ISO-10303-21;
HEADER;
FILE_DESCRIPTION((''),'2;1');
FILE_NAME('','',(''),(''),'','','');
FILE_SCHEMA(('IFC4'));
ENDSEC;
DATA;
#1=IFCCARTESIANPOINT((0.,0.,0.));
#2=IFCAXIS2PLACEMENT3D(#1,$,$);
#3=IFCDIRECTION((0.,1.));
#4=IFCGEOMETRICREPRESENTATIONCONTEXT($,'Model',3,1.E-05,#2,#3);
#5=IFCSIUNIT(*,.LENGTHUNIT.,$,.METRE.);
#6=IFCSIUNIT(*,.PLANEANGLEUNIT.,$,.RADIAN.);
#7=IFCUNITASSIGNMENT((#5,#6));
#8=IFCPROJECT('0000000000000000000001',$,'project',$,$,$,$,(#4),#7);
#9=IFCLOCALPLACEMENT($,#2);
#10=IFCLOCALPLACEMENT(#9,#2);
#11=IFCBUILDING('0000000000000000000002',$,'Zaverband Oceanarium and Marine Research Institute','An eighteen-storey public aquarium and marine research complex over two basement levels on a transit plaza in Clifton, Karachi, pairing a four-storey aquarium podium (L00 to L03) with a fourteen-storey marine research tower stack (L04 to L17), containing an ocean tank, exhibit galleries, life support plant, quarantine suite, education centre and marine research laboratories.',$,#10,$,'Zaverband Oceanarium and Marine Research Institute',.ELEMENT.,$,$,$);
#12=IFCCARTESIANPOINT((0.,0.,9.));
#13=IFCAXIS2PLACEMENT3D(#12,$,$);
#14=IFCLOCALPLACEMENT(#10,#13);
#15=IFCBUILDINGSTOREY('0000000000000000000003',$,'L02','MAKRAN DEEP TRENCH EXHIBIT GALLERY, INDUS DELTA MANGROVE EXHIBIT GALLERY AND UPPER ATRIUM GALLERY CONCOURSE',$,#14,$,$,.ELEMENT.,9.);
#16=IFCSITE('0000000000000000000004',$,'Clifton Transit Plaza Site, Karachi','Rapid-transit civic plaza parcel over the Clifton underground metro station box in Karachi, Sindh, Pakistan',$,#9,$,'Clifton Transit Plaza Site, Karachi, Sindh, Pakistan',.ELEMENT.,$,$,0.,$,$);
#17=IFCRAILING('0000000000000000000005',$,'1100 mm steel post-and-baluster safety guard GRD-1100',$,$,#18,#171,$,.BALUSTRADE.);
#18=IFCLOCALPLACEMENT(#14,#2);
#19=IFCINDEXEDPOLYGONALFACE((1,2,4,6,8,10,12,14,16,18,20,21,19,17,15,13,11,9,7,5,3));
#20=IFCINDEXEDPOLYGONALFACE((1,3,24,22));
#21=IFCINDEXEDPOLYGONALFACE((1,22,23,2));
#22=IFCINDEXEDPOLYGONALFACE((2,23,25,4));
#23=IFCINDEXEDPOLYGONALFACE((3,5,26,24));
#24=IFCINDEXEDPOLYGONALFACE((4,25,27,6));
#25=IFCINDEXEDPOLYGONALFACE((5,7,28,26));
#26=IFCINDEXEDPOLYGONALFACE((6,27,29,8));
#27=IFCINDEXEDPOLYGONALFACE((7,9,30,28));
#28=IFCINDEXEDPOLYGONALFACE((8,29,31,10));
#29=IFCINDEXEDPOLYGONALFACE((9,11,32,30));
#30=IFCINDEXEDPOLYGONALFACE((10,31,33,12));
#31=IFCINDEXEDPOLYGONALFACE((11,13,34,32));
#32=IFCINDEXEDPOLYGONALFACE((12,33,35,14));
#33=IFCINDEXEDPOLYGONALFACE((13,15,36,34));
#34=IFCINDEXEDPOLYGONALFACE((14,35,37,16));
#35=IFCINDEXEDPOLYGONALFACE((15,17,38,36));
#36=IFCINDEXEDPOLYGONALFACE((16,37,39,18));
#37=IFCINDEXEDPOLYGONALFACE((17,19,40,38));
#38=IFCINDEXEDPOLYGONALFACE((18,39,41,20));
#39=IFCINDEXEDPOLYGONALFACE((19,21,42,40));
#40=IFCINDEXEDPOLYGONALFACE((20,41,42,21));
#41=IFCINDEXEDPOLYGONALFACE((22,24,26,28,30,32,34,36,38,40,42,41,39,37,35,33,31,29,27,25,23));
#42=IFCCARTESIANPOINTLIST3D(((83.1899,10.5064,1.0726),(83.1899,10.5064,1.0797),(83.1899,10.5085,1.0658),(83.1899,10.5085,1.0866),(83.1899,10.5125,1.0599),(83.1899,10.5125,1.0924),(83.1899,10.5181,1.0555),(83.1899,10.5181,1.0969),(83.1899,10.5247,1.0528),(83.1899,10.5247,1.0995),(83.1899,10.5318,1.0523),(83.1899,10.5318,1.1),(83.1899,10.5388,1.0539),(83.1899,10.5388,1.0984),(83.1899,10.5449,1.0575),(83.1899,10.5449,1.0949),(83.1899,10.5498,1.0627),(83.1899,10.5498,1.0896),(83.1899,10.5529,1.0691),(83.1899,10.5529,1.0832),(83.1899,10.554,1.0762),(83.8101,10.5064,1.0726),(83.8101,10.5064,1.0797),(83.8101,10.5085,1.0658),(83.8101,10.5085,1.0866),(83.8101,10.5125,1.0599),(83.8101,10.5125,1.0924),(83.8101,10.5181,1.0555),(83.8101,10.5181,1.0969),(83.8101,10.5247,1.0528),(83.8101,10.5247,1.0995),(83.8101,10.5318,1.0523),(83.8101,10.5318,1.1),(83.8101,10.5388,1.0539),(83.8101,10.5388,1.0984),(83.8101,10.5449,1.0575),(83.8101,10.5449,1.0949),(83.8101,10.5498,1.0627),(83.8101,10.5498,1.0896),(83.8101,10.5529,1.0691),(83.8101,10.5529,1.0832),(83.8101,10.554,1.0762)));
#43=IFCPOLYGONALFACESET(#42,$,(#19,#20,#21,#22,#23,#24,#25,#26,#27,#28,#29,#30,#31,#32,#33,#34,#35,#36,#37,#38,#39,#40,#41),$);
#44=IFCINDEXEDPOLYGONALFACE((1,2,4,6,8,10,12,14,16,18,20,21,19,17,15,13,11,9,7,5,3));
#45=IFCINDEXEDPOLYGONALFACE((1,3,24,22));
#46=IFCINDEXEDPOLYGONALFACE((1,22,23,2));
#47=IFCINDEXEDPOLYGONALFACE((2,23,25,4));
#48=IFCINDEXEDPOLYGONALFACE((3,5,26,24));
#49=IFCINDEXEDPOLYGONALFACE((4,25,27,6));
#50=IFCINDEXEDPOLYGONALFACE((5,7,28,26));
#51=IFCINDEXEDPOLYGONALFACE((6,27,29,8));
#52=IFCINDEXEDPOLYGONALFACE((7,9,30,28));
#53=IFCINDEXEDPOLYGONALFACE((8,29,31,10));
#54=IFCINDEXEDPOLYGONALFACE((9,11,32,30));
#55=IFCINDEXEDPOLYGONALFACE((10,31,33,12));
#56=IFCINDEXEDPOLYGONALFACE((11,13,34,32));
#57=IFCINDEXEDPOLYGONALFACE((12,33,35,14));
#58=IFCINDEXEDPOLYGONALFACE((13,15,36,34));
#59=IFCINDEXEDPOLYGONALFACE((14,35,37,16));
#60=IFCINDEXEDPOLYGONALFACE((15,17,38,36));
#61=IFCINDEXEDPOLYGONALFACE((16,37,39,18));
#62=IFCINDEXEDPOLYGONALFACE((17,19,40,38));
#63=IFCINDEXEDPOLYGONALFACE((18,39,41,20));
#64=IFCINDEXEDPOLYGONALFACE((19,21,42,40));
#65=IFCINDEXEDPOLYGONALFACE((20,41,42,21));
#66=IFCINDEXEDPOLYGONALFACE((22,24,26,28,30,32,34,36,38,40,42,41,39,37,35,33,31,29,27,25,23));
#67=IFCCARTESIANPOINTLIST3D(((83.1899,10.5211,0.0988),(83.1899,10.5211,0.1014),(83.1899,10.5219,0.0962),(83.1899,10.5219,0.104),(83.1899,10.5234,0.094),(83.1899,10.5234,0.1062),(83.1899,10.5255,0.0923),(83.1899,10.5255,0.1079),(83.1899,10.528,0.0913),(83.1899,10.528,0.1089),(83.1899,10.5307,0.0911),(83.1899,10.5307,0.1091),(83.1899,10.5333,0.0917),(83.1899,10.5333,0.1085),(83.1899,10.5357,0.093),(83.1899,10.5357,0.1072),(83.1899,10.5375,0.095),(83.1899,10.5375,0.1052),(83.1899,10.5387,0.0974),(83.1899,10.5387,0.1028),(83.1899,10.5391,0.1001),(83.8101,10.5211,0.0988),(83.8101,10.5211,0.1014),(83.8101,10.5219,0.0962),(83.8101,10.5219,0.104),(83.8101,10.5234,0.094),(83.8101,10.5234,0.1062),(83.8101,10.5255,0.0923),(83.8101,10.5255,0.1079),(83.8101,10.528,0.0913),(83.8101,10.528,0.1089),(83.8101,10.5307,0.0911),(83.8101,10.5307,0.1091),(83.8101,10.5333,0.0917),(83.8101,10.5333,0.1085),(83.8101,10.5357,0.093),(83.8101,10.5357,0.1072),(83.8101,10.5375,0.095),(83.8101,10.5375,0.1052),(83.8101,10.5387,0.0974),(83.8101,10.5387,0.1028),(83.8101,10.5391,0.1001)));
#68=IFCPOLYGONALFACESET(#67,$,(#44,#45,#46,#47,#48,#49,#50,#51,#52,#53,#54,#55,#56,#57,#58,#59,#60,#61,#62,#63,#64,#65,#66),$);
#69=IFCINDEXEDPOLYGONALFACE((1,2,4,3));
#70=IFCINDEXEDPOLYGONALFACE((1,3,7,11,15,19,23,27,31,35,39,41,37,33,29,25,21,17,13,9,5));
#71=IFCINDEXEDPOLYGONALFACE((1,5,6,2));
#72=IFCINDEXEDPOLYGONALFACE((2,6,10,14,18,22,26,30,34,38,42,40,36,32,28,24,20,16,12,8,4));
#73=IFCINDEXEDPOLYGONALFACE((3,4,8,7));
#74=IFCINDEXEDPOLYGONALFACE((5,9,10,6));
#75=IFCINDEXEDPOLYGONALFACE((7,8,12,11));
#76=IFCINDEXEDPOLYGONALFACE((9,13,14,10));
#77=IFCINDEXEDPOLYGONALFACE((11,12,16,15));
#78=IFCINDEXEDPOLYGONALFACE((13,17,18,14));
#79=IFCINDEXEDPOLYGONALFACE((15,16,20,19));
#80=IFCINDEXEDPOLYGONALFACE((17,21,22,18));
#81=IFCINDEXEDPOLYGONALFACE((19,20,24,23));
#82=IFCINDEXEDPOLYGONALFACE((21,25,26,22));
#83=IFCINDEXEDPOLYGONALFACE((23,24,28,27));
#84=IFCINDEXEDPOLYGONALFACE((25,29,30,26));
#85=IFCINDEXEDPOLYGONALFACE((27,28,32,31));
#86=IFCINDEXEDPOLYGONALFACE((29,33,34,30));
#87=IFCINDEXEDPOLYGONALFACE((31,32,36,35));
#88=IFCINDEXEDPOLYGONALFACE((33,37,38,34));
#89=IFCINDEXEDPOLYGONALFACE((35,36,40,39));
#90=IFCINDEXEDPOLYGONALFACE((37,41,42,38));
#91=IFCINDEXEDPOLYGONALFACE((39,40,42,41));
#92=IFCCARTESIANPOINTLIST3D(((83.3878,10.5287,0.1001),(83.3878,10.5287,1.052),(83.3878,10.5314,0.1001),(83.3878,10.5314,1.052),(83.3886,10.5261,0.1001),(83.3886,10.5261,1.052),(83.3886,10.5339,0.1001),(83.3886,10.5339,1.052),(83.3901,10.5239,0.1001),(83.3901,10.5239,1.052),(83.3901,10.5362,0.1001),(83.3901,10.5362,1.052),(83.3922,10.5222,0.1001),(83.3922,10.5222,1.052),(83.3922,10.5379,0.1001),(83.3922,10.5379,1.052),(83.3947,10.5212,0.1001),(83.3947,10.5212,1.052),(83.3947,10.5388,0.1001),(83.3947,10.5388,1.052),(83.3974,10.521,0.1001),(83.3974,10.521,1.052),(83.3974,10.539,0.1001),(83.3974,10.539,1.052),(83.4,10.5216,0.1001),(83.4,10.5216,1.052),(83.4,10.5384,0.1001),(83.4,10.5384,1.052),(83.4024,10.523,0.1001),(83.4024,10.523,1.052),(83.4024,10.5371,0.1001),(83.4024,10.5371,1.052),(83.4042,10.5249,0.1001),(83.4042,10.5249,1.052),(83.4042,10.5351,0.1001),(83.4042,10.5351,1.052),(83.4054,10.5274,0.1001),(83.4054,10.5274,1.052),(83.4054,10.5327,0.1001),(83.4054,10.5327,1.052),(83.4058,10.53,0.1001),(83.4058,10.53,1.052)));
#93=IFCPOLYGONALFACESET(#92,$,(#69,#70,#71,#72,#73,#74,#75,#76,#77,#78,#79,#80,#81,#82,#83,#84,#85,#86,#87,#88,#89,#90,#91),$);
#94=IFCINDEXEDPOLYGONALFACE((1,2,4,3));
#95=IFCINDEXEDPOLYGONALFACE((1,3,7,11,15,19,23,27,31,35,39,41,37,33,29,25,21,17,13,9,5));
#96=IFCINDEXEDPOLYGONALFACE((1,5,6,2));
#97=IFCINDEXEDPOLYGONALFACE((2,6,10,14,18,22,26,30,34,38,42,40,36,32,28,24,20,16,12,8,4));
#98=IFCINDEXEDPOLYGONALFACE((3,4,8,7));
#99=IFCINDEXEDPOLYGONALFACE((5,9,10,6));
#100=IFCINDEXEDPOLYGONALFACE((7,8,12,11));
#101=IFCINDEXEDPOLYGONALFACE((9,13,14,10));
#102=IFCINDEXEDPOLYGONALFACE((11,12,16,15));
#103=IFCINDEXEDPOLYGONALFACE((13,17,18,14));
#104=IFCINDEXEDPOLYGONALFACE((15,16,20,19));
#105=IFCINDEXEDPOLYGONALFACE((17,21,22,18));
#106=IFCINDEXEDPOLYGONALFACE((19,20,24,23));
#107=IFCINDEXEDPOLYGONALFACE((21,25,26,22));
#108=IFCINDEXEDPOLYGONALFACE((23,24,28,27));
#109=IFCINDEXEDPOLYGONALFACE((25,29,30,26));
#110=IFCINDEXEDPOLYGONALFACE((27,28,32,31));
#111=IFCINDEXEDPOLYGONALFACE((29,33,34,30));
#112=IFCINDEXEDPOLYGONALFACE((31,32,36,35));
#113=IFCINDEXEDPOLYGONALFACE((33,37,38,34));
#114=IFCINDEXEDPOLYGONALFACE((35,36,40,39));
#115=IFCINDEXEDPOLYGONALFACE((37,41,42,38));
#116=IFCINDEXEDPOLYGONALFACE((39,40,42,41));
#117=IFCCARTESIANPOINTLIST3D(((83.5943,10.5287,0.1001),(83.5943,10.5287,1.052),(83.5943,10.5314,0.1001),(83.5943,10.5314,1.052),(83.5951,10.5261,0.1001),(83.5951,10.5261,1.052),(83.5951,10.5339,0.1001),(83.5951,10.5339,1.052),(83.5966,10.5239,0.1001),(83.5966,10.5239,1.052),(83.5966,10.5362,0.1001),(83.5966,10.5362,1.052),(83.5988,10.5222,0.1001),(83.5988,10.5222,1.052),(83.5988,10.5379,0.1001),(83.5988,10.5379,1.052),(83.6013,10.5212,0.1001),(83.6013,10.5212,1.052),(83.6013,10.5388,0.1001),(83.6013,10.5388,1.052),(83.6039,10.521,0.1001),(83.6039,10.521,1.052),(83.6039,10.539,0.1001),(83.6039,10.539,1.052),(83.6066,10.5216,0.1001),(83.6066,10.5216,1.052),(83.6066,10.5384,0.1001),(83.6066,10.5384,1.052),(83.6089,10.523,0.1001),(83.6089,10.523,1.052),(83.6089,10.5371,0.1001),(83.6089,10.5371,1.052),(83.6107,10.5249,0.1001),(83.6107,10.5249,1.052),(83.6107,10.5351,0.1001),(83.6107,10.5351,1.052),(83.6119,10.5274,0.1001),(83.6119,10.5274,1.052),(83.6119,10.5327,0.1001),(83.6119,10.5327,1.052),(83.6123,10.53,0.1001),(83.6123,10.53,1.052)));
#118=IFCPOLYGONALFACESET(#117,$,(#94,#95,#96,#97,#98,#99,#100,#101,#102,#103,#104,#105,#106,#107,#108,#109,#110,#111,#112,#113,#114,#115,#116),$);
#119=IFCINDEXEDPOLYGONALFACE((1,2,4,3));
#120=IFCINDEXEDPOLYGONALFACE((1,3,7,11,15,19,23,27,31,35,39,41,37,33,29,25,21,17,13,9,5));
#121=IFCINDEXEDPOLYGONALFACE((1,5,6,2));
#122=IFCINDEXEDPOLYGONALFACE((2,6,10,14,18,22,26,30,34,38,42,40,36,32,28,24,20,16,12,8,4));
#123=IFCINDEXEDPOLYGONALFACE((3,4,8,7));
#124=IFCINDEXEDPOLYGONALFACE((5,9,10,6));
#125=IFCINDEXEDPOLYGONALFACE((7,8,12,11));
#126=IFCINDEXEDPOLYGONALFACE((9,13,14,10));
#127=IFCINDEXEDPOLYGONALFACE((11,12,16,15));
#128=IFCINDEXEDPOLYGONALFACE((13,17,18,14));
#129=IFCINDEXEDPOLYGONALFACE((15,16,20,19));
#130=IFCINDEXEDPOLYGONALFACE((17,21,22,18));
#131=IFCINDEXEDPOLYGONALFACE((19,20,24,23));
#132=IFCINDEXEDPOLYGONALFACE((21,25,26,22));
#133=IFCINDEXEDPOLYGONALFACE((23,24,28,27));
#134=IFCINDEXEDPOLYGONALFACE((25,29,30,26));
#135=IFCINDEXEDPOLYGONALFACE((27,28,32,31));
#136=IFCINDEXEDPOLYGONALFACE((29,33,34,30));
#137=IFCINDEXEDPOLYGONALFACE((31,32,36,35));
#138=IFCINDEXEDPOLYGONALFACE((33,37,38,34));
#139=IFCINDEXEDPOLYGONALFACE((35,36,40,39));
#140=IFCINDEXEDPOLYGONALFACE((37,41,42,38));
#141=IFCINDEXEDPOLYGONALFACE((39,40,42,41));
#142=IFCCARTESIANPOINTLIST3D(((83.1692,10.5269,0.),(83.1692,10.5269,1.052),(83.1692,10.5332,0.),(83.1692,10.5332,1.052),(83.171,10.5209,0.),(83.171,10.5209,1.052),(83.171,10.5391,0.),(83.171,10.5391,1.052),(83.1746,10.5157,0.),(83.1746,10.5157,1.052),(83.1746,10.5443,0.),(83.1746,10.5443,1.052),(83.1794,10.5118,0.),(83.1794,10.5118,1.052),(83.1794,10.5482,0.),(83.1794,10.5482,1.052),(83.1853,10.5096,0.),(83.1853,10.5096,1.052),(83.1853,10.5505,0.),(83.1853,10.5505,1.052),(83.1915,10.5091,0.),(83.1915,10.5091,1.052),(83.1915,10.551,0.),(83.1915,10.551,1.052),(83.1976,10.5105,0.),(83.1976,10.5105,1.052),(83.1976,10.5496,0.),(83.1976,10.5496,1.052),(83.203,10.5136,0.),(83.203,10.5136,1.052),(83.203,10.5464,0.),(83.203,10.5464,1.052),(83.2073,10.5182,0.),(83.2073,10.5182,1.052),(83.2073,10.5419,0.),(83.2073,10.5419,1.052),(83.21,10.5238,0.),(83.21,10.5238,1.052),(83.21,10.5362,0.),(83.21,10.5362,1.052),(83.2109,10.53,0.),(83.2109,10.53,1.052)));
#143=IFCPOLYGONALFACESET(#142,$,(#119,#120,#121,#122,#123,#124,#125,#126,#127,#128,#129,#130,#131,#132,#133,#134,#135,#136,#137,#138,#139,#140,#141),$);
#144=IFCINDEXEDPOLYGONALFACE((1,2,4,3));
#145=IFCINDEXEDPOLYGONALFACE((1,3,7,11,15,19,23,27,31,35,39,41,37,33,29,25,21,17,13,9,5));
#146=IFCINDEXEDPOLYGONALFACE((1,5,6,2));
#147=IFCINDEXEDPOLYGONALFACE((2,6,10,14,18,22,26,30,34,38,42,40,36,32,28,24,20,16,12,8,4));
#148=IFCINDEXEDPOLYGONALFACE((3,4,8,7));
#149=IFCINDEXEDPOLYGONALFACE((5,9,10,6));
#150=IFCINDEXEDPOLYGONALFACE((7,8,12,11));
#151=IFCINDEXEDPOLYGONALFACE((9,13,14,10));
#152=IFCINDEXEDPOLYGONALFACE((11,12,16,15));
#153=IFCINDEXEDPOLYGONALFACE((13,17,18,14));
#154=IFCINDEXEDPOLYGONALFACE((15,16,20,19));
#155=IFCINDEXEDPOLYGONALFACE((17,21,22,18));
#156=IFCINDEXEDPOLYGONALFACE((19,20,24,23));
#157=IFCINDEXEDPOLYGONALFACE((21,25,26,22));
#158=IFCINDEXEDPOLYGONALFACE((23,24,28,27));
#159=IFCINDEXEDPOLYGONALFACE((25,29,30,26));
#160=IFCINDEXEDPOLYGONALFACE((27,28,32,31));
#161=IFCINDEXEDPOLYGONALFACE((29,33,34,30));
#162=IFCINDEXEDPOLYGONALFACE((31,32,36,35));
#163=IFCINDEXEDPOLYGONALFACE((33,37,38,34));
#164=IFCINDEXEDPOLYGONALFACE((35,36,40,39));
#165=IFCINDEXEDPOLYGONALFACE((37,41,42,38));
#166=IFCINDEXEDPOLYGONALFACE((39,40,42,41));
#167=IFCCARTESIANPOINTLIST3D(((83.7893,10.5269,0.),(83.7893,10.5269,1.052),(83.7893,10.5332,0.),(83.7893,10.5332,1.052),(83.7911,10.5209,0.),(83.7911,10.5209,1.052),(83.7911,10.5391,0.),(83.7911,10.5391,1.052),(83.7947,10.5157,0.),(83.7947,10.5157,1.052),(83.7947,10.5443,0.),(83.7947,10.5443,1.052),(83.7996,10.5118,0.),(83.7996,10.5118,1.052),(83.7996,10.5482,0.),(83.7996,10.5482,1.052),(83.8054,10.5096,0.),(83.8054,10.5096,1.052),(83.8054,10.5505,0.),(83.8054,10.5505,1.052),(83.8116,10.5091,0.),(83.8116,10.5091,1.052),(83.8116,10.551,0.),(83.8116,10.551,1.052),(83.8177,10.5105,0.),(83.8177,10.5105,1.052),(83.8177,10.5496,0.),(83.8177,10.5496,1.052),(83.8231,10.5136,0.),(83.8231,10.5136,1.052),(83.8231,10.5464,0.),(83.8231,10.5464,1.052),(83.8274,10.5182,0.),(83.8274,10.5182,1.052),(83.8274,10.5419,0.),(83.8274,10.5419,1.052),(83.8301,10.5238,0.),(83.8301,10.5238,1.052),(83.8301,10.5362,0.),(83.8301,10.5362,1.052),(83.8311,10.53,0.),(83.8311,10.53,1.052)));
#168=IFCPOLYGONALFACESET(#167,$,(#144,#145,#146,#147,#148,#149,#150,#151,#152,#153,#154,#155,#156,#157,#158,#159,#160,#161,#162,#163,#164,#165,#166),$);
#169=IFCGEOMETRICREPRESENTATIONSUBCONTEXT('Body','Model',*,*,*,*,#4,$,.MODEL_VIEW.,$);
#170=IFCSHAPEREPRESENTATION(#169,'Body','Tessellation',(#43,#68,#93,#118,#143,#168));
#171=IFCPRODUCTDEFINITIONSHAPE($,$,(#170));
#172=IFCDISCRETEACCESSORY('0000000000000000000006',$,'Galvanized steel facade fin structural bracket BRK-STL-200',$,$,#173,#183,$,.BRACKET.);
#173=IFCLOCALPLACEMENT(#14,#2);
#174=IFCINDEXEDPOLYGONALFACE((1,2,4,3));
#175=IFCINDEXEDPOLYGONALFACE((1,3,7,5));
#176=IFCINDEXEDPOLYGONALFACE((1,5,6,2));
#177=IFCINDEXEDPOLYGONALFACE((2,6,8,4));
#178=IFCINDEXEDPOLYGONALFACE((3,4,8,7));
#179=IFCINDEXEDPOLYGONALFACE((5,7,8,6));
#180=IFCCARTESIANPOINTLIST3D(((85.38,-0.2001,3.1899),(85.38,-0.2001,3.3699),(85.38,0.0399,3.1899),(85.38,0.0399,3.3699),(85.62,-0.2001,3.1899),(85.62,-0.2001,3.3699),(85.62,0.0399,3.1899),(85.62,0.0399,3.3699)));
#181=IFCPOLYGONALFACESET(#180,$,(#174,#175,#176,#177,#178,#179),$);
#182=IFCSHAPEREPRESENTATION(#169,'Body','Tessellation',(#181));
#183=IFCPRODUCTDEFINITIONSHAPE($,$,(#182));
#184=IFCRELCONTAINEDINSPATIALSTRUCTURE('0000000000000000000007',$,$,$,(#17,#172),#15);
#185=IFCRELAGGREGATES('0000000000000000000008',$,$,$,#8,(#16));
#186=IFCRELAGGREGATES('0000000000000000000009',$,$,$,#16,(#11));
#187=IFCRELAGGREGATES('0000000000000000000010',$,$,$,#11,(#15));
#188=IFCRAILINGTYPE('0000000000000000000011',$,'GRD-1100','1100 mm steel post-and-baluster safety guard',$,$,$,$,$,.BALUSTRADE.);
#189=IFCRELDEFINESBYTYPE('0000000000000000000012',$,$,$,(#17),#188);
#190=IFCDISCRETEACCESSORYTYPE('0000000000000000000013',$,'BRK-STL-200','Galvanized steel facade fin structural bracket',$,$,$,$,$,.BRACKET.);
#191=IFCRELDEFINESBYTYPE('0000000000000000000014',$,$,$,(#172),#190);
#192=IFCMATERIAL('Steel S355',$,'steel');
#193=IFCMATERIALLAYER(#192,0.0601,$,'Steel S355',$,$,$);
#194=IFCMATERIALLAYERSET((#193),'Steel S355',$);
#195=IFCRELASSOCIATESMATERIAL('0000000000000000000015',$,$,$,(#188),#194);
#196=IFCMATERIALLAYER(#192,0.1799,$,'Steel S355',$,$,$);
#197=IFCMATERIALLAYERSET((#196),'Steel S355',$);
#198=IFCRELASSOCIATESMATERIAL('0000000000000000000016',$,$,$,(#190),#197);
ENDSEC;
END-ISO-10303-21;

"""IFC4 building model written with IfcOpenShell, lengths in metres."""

from ifc_helpers import new_model, si_unit, direction, frame, origin, origin_2d, place, context, subcontext, project, spatial, rectangle, circle, extrude, material, layer, layer_set, type_object, element, save


model = new_model("IFC4")

# Units and contexts
model_context = context("Model", 3, precision=1e-05, world=origin(), true_north=direction((0.0, 1.0)))
body_context = subcontext(model_context, "Body", "Model", "MODEL_VIEW")
ifc_project = project(units=[si_unit("LENGTHUNIT", "METRE"), si_unit("PLANEANGLEUNIT", "RADIAN")], contexts=[model_context])

# Site, building, storey
site_placement = place(None, origin())
site = spatial("IfcSite", under=ifc_project, at=site_placement, Name="Clifton Transit Plaza Site, Karachi", Description="Rapid-transit civic plaza parcel over the Clifton underground metro station box in Karachi, Sindh, Pakistan", LongName="Clifton Transit Plaza Site, Karachi, Sindh, Pakistan", CompositionType="ELEMENT", RefElevation=0.0)
building_placement = place(site_placement, origin())
building = spatial("IfcBuilding", under=site, at=building_placement, Name="Zaverband Oceanarium and Marine Research Institute", Description="An eighteen-storey public aquarium and marine research complex over two basement levels on a transit plaza in Clifton, Karachi, pairing a four-storey aquarium podium (L00 to L03) with a fourteen-storey marine research tower stack (L04 to L17), containing an ocean tank, exhibit galleries, life support plant, quarantine suite, education centre and marine research laboratories.", LongName="Zaverband Oceanarium and Marine Research Institute", CompositionType="ELEMENT")
storey_placement = place(building_placement, frame((0.0, 0.0, 9.0)))
storey = spatial("IfcBuildingStorey", under=building, at=storey_placement, Name="L02", Description="MAKRAN DEEP TRENCH EXHIBIT GALLERY, INDUS DELTA MANGROVE EXHIBIT GALLERY AND UPPER ATRIUM GALLERY CONCOURSE", CompositionType="ELEMENT", Elevation=9.0)

# Shared definitions
ifc_material_1 = material(Name="Steel S355", Category="steel")

# Railing
ifc_layer_1 = layer(ifc_material_1, 0.0601, Name="Steel S355")
ifc_layer_set_1 = layer_set([ifc_layer_1], Name="Steel S355")
railing_type_1 = type_object("IfcRailingType", Name="GRD-1100", Description="1100 mm steel post-and-baluster safety guard", PredefinedType="BALUSTRADE", material=ifc_layer_set_1)
for number, where, name in (
    (1, (83.1899, 10.53, 0.0), "1100 mm steel post-and-baluster safety guard GRD-1100"),
):
    element("IfcRailing", number, at=place(storey_placement, frame(where)), inside=storey, type_object=railing_type_1, Name=name, PredefinedType="BALUSTRADE", context=body_context, shape_type="SweptSolid", body=[
        extrude(circle(Radius=0.0239, at=origin_2d()), frame((0.0, 0.0, 1.0762), z_axis=(1.0, 0.0, 0.0), x_axis=(0.0, 1.0, 0.0)), (0.0, 0.0, 1.0), 0.6201),
        extrude(circle(Radius=0.009, at=origin_2d()), frame((0.0, 0.0, 0.1001), z_axis=(1.0, 0.0, 0.0), x_axis=(0.0, 1.0, 0.0)), (0.0, 0.0, 1.0), 0.6201),
        extrude(circle(Radius=0.009, at=origin_2d()), frame((0.2068, 0.0, 0.1001)), (0.0, 0.0, 1.0), 0.9519),
        extrude(circle(Radius=0.009, at=origin_2d()), frame((0.4133, 0.0, 0.1001)), (0.0, 0.0, 1.0), 0.9519),
        extrude(circle(Radius=0.021, at=origin_2d()), origin(), (0.0, 0.0, 1.0), 1.052),
        extrude(circle(Radius=0.021, at=origin_2d()), frame((0.6201, 0.0, 0.0)), (0.0, 0.0, 1.0), 1.052),
    ])

# Discrete accessory
ifc_layer_2 = layer(ifc_material_1, 0.1799, Name="Steel S355")
ifc_layer_set_2 = layer_set([ifc_layer_2], Name="Steel S355")
discrete_accessory_type = type_object("IfcDiscreteAccessoryType", Name="BRK-STL-200", Description="Galvanized steel facade fin structural bracket", PredefinedType="BRACKET", material=ifc_layer_set_2)
discrete_accessory_placement = place(storey_placement, frame((85.5, -0.0801, 3.1899), z_axis=(0.0, 0.0, 1.0), x_axis=(1.0, 0.0, 0.0)))
element("IfcDiscreteAccessory", 2, at=discrete_accessory_placement, inside=storey, type_object=discrete_accessory_type, Name="Galvanized steel facade fin structural bracket BRK-STL-200", PredefinedType="BRACKET", context=body_context, shape_type="SweptSolid", body=[
    extrude(rectangle(XDim=0.24, YDim=0.24, at=origin_2d()), origin(), (0.0, 0.0, 1.0), 0.1799),
])

save(model, "model.ifc")
